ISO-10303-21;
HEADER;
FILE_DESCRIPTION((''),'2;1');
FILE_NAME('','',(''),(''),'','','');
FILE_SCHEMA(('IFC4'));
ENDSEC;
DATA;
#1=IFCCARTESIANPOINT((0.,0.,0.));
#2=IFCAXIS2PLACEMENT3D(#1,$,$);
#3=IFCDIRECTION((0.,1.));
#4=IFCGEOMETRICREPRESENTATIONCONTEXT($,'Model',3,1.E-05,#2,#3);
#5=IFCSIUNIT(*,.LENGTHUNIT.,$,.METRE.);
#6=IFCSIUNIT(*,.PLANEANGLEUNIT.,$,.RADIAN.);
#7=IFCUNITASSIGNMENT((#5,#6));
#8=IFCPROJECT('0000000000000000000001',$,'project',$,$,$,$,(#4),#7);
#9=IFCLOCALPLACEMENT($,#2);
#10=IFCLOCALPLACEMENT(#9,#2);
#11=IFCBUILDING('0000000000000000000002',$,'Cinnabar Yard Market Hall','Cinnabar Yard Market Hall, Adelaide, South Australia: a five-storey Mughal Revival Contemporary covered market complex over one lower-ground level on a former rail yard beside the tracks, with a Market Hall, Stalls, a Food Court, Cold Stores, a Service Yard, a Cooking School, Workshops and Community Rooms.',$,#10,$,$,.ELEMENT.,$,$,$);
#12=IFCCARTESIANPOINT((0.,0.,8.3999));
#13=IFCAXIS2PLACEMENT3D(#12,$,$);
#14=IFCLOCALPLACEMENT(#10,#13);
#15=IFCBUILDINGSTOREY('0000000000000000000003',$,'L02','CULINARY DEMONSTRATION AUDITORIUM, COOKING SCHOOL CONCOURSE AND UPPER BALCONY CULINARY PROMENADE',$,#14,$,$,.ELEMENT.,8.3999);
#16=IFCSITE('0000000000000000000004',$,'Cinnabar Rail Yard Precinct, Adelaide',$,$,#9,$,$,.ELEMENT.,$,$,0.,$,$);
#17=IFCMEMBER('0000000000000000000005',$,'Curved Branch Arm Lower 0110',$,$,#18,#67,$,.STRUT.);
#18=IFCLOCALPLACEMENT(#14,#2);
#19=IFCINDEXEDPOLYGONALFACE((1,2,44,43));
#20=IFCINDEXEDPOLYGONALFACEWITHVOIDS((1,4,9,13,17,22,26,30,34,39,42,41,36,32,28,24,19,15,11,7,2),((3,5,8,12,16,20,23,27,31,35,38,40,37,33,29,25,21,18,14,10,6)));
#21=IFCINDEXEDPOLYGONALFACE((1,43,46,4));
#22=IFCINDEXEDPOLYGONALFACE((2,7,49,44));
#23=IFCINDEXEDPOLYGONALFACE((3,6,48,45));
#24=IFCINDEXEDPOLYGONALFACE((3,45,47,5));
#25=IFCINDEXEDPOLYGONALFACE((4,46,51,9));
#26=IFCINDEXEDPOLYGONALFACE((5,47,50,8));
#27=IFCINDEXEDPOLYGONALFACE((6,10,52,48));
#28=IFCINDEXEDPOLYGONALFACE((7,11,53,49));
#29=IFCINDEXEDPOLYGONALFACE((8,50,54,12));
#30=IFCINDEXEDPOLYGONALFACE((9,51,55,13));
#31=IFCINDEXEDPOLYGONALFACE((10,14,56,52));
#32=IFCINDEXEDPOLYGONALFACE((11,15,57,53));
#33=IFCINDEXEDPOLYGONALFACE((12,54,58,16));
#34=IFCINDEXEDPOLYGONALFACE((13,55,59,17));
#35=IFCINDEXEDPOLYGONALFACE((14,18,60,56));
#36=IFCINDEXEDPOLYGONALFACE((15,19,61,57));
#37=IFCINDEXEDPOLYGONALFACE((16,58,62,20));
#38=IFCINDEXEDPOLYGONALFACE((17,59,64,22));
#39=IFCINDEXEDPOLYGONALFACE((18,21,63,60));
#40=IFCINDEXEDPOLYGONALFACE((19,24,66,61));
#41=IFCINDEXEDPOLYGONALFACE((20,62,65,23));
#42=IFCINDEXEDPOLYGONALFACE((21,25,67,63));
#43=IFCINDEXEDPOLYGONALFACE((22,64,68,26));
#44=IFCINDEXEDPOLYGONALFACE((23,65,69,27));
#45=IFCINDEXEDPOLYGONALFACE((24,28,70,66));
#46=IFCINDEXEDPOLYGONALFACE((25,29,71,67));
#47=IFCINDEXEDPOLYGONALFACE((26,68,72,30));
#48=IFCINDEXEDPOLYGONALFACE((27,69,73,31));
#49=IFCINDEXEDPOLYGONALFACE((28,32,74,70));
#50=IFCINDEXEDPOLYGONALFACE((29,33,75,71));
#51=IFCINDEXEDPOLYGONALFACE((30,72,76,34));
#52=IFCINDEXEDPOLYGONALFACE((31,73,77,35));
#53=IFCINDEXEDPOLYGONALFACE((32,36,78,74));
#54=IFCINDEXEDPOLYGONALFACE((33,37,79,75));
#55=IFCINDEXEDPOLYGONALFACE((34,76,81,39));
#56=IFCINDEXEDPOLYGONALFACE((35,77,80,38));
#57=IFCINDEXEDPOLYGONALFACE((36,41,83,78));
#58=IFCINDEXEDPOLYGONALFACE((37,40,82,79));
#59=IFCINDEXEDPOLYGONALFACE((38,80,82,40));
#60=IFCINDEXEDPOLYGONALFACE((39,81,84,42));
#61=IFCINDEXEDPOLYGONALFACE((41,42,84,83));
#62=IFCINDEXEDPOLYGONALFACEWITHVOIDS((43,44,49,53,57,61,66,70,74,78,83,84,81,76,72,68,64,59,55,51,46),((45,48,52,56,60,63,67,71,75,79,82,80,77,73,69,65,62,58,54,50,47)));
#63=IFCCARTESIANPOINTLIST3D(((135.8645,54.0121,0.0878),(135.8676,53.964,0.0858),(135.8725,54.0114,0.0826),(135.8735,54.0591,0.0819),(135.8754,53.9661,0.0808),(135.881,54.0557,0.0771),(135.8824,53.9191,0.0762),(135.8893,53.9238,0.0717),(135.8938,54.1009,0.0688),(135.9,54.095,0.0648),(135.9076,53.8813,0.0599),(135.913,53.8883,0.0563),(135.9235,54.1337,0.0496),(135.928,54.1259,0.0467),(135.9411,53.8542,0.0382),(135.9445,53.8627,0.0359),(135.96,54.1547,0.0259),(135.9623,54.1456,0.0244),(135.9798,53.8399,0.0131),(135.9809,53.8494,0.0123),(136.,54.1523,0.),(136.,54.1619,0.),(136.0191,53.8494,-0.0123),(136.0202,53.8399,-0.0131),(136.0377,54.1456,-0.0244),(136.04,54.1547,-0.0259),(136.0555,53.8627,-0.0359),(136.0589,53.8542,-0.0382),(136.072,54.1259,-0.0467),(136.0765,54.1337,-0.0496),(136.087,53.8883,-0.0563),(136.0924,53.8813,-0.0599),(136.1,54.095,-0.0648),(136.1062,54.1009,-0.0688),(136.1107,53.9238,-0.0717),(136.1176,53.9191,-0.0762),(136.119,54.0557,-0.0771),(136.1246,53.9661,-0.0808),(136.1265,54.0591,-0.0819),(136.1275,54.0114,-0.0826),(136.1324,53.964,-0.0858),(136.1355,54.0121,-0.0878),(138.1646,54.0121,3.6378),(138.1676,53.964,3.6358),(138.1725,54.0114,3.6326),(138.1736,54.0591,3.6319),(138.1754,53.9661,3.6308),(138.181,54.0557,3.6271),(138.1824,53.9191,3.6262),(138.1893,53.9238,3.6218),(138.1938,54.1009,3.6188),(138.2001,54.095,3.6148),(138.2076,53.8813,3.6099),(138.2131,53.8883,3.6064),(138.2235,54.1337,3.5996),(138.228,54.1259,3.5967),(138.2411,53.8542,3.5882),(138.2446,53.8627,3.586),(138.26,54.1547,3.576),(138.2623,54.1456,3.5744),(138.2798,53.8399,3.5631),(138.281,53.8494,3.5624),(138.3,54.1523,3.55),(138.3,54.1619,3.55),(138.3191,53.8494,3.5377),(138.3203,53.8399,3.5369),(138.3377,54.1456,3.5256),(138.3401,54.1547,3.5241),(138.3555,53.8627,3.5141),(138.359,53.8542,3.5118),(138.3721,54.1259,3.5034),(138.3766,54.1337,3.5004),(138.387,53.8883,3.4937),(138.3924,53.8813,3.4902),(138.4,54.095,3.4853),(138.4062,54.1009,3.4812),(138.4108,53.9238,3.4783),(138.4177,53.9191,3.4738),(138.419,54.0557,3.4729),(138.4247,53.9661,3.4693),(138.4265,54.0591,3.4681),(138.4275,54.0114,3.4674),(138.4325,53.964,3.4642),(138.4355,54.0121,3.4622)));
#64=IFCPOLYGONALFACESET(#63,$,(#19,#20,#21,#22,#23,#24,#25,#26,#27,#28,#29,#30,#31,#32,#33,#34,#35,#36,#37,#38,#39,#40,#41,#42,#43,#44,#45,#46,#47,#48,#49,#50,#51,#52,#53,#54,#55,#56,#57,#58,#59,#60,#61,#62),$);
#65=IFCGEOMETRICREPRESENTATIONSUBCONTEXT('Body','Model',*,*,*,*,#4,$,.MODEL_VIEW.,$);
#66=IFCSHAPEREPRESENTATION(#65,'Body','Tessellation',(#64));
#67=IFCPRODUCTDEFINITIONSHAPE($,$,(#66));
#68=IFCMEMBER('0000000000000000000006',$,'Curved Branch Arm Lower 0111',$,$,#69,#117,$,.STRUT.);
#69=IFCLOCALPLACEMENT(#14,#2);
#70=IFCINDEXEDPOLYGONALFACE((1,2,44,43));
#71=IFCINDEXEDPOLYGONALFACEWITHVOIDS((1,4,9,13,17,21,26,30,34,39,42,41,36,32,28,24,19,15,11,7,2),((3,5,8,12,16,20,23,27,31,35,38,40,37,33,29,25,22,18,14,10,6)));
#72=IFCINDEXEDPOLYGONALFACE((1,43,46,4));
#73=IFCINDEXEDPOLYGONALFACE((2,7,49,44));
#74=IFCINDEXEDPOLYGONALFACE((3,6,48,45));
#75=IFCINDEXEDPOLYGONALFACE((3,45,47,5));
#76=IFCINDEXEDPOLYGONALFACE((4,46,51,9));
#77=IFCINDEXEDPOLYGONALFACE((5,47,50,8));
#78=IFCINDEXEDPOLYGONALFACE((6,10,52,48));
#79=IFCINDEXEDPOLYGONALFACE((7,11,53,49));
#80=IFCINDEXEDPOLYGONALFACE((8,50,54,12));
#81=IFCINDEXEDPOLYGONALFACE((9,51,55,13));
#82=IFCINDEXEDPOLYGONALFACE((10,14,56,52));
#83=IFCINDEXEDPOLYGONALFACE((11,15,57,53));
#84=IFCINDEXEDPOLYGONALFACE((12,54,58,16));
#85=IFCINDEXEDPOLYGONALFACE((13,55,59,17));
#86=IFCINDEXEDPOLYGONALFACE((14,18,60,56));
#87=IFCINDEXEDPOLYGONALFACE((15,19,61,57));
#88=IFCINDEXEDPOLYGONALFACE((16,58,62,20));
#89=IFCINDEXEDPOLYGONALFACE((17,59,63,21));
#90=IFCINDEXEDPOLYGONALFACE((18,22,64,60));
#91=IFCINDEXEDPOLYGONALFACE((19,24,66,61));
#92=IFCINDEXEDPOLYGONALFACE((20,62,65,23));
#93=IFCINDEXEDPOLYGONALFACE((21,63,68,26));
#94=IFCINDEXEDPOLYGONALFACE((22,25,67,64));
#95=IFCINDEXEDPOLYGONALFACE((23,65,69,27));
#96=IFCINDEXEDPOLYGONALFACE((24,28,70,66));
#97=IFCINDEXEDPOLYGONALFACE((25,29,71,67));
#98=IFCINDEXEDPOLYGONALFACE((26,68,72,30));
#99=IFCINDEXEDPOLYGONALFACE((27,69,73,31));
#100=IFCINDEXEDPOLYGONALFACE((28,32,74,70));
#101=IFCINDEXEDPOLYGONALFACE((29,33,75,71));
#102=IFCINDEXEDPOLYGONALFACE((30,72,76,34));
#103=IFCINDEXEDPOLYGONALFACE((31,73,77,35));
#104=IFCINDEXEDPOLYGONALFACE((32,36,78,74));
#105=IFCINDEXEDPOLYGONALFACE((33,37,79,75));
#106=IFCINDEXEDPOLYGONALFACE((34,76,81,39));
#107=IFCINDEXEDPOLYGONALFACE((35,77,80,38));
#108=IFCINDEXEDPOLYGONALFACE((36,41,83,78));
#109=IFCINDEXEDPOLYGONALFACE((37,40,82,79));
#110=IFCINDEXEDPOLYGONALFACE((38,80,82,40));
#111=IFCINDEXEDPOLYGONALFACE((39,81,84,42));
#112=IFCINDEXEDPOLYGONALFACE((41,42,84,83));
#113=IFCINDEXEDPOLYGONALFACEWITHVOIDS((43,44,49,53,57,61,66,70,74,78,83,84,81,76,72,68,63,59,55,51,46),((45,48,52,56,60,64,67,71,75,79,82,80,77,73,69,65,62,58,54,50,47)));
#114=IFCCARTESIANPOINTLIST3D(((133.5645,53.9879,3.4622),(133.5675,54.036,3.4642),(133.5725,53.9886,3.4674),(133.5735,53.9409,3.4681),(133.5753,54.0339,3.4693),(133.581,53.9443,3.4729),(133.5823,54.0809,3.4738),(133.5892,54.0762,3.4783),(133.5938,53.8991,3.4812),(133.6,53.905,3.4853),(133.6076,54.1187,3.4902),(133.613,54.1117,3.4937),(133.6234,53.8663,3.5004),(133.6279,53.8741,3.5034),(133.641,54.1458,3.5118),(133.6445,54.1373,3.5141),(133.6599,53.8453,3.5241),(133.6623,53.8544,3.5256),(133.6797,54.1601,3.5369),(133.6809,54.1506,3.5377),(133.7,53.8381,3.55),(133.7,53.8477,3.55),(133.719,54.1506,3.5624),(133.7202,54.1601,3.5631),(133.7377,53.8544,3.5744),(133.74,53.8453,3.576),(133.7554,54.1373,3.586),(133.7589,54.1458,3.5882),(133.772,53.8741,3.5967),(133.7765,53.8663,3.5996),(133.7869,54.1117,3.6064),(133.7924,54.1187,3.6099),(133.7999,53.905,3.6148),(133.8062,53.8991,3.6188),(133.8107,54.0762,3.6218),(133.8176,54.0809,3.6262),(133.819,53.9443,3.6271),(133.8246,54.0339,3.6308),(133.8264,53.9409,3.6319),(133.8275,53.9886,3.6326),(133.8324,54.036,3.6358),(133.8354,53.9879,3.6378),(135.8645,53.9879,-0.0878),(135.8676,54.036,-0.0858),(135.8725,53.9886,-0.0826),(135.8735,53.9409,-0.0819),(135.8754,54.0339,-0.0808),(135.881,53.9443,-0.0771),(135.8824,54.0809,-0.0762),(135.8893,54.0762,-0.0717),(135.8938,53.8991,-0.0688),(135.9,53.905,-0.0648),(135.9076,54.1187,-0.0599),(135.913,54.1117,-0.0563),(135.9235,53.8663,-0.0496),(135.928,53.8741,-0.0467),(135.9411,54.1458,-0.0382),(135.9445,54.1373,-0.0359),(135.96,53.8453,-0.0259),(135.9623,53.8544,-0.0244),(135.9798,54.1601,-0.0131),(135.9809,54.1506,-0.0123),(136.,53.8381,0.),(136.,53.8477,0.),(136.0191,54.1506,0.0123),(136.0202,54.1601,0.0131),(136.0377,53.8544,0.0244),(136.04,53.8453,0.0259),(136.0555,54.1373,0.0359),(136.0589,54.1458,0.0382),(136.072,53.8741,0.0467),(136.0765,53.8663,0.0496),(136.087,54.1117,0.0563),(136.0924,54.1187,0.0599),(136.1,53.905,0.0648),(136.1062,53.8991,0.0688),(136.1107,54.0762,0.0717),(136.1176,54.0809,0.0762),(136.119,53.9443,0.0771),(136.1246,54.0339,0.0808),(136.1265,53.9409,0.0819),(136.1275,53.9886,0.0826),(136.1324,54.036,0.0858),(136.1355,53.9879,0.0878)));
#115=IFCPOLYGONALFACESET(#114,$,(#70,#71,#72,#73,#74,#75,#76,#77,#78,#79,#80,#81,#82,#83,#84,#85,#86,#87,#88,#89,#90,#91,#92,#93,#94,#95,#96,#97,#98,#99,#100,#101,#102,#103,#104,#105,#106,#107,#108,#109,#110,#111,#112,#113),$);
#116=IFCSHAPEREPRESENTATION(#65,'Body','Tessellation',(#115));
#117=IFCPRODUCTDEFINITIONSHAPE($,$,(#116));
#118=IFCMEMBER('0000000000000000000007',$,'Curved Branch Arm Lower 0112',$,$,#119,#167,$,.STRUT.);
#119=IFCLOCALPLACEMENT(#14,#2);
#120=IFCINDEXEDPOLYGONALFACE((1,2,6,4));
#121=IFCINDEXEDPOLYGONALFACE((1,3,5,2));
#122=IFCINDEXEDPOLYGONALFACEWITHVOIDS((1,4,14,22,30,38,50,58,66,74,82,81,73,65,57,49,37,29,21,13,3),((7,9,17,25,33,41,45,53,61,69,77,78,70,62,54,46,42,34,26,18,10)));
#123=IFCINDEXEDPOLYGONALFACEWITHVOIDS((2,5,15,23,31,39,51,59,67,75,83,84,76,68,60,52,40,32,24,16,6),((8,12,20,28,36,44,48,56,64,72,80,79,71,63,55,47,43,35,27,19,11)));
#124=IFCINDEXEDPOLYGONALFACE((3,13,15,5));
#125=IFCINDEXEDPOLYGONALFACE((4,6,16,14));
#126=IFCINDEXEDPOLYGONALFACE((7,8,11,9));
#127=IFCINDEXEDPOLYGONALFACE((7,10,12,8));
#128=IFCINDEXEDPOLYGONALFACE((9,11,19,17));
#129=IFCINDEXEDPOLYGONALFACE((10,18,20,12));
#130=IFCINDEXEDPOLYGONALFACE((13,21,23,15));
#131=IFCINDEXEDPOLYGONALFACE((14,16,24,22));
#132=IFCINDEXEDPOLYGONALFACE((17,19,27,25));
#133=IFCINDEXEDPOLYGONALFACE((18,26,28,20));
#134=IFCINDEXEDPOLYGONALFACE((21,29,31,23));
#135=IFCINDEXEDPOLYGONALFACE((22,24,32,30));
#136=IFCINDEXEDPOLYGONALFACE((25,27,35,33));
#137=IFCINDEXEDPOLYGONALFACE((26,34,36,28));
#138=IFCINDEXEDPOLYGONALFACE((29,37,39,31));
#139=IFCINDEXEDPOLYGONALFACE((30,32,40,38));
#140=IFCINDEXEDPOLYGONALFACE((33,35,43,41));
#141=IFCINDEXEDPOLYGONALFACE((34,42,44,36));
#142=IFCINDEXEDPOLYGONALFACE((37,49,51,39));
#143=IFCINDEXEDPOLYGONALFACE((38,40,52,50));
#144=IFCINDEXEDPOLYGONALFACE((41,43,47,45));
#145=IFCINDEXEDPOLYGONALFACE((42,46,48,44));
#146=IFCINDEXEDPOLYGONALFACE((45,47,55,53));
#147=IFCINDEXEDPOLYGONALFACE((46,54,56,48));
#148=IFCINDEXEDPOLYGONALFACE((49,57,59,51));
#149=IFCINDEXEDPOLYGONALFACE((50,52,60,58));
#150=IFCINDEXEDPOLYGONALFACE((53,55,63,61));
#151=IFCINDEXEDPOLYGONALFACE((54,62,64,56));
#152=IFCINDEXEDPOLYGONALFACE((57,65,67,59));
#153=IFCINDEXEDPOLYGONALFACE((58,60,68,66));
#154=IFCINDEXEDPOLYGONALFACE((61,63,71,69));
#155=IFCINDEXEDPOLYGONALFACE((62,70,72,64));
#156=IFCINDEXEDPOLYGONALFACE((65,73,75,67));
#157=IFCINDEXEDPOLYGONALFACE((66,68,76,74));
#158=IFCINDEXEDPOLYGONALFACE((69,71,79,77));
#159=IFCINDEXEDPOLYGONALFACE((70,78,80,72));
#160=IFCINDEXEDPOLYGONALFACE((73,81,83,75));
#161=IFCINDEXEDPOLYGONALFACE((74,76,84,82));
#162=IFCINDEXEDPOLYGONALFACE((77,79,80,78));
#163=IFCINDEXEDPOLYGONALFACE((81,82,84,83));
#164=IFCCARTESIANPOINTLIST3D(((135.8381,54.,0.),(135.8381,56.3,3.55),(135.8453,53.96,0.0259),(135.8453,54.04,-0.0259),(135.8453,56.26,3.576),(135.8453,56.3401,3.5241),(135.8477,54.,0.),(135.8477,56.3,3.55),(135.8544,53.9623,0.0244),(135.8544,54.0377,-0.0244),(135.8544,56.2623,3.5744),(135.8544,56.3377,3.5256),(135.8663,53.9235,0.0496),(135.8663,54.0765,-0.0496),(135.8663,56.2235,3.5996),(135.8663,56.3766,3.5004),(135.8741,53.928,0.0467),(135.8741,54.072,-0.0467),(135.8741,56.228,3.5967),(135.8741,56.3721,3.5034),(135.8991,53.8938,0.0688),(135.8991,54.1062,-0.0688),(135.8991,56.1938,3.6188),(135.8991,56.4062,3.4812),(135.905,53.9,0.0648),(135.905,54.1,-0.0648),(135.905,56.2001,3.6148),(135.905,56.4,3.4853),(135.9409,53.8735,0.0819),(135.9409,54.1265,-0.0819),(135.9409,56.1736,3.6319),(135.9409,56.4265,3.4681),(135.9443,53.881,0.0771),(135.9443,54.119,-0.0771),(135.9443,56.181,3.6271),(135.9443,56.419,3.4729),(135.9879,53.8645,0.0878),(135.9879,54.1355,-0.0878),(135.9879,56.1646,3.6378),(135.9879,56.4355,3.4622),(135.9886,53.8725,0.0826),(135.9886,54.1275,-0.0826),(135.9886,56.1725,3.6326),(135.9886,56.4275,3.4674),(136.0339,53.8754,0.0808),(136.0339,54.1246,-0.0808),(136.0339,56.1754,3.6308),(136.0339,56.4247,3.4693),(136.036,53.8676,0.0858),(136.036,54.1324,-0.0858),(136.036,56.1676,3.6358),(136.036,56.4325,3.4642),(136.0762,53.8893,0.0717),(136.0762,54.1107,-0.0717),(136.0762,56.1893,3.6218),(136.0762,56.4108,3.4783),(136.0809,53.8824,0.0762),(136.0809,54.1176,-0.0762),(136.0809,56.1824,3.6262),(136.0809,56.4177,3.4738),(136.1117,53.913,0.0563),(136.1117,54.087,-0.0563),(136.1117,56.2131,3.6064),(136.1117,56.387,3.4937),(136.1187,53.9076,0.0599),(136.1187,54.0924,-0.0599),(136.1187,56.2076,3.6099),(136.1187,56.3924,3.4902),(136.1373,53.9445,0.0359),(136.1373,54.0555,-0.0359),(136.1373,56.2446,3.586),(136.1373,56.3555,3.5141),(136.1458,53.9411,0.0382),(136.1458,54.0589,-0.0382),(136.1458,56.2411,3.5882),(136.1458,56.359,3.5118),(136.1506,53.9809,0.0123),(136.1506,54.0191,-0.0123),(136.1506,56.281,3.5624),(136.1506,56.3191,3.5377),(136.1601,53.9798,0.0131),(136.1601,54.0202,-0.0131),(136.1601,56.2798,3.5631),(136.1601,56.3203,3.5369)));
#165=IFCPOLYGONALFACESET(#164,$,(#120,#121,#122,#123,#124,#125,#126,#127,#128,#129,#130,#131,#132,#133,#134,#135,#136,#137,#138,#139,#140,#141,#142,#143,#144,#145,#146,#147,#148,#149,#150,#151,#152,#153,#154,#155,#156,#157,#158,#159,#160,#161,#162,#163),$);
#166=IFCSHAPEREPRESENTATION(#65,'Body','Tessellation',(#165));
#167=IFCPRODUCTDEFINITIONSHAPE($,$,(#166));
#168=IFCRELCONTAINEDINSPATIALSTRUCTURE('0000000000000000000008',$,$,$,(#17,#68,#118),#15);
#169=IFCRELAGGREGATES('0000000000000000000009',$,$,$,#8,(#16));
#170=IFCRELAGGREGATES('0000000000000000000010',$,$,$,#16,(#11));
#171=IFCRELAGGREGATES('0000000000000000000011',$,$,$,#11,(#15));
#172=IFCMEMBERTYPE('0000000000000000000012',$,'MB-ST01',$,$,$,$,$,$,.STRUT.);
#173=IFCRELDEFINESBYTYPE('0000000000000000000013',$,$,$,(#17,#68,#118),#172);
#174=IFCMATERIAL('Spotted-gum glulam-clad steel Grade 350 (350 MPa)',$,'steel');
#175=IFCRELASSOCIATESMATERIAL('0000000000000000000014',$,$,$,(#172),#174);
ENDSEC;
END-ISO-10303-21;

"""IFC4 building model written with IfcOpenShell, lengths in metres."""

from ifc_helpers import new_model, si_unit, direction, frame, origin, origin_2d_with_axis, place, context, subcontext, project, spatial, hollow_circle, extrude, material, material_profile, profile_set, type_object, element, save


model = new_model("IFC4")

# Units and contexts
model_context = context("Model", 3, precision=1e-05, world=origin(), true_north=direction((0.0, 1.0)))
body_context = subcontext(model_context, "Body", "Model", "MODEL_VIEW")
ifc_project = project(units=[si_unit("LENGTHUNIT", "METRE"), si_unit("PLANEANGLEUNIT", "RADIAN")], contexts=[model_context])

# Site, building, storey
site_placement = place(None, origin())
site = spatial("IfcSite", under=ifc_project, at=site_placement, Name="Cinnabar Rail Yard Precinct, Adelaide", CompositionType="ELEMENT", RefElevation=0.0)
building_placement = place(site_placement, origin())
building = spatial("IfcBuilding", under=site, at=building_placement, Name="Cinnabar Yard Market Hall", Description="Cinnabar Yard Market Hall, Adelaide, South Australia: a five-storey Mughal Revival Contemporary covered market complex over one lower-ground level on a former rail yard beside the tracks, with a Market Hall, Stalls, a Food Court, Cold Stores, a Service Yard, a Cooking School, Workshops and Community Rooms.", CompositionType="ELEMENT")
storey_placement = place(building_placement, frame((0.0, 0.0, 8.3999)))
storey = spatial("IfcBuildingStorey", under=building, at=storey_placement, Name="L02", Description="CULINARY DEMONSTRATION AUDITORIUM, COOKING SCHOOL CONCOURSE AND UPPER BALCONY CULINARY PROMENADE", CompositionType="ELEMENT", Elevation=8.3999)

# Shared definitions
ifc_material_1 = material(Name="Spotted-gum glulam-clad steel Grade 350 (350 MPa)", Category="steel")

# Members
ifc_material_profile_1 = material_profile(ifc_material_1, hollow_circle(Radius=0.1619, WallThickness=0.0095, at=origin_2d_with_axis()), Name="323.9x9.5CHS")
ifc_profile_set_1 = profile_set([ifc_material_profile_1], Name="Spotted-gum glulam-clad steel Grade 350 (350 MPa)")
member_type_1 = type_object("IfcMemberType", Name="MB-ST01", PredefinedType="STRUT", material=ifc_profile_set_1)
for number, where, z_axis, x_axis, name in (
    (1, (136.0, 54.0, 0.0), (0.543744, 0.0, 0.839251), (0.0, 1.0, 0.0), "Curved Branch Arm Lower 0110"),
    (2, (136.0, 54.0, 0.0), (-0.543744, 0.0, 0.839251), (0.0, -1.0, 0.0), "Curved Branch Arm Lower 0111"),
    (3, (136.0, 54.0, 0.0), (0.0, 0.543744, 0.839251), (-1.0, 0.0, 0.0), "Curved Branch Arm Lower 0112"),
):
    element("IfcMember", number, at=place(storey_placement, frame(where, z_axis=z_axis, x_axis=x_axis)), inside=storey, type_object=member_type_1, Name=name, PredefinedType="STRUT", context=body_context, shape_type="SweptSolid", body=[
        extrude(hollow_circle(Radius=0.1619, WallThickness=0.0095, at=origin_2d_with_axis()), origin(), (0.0, 0.0, 1.0), 4.23),
    ])

save(model, "model.ifc")
